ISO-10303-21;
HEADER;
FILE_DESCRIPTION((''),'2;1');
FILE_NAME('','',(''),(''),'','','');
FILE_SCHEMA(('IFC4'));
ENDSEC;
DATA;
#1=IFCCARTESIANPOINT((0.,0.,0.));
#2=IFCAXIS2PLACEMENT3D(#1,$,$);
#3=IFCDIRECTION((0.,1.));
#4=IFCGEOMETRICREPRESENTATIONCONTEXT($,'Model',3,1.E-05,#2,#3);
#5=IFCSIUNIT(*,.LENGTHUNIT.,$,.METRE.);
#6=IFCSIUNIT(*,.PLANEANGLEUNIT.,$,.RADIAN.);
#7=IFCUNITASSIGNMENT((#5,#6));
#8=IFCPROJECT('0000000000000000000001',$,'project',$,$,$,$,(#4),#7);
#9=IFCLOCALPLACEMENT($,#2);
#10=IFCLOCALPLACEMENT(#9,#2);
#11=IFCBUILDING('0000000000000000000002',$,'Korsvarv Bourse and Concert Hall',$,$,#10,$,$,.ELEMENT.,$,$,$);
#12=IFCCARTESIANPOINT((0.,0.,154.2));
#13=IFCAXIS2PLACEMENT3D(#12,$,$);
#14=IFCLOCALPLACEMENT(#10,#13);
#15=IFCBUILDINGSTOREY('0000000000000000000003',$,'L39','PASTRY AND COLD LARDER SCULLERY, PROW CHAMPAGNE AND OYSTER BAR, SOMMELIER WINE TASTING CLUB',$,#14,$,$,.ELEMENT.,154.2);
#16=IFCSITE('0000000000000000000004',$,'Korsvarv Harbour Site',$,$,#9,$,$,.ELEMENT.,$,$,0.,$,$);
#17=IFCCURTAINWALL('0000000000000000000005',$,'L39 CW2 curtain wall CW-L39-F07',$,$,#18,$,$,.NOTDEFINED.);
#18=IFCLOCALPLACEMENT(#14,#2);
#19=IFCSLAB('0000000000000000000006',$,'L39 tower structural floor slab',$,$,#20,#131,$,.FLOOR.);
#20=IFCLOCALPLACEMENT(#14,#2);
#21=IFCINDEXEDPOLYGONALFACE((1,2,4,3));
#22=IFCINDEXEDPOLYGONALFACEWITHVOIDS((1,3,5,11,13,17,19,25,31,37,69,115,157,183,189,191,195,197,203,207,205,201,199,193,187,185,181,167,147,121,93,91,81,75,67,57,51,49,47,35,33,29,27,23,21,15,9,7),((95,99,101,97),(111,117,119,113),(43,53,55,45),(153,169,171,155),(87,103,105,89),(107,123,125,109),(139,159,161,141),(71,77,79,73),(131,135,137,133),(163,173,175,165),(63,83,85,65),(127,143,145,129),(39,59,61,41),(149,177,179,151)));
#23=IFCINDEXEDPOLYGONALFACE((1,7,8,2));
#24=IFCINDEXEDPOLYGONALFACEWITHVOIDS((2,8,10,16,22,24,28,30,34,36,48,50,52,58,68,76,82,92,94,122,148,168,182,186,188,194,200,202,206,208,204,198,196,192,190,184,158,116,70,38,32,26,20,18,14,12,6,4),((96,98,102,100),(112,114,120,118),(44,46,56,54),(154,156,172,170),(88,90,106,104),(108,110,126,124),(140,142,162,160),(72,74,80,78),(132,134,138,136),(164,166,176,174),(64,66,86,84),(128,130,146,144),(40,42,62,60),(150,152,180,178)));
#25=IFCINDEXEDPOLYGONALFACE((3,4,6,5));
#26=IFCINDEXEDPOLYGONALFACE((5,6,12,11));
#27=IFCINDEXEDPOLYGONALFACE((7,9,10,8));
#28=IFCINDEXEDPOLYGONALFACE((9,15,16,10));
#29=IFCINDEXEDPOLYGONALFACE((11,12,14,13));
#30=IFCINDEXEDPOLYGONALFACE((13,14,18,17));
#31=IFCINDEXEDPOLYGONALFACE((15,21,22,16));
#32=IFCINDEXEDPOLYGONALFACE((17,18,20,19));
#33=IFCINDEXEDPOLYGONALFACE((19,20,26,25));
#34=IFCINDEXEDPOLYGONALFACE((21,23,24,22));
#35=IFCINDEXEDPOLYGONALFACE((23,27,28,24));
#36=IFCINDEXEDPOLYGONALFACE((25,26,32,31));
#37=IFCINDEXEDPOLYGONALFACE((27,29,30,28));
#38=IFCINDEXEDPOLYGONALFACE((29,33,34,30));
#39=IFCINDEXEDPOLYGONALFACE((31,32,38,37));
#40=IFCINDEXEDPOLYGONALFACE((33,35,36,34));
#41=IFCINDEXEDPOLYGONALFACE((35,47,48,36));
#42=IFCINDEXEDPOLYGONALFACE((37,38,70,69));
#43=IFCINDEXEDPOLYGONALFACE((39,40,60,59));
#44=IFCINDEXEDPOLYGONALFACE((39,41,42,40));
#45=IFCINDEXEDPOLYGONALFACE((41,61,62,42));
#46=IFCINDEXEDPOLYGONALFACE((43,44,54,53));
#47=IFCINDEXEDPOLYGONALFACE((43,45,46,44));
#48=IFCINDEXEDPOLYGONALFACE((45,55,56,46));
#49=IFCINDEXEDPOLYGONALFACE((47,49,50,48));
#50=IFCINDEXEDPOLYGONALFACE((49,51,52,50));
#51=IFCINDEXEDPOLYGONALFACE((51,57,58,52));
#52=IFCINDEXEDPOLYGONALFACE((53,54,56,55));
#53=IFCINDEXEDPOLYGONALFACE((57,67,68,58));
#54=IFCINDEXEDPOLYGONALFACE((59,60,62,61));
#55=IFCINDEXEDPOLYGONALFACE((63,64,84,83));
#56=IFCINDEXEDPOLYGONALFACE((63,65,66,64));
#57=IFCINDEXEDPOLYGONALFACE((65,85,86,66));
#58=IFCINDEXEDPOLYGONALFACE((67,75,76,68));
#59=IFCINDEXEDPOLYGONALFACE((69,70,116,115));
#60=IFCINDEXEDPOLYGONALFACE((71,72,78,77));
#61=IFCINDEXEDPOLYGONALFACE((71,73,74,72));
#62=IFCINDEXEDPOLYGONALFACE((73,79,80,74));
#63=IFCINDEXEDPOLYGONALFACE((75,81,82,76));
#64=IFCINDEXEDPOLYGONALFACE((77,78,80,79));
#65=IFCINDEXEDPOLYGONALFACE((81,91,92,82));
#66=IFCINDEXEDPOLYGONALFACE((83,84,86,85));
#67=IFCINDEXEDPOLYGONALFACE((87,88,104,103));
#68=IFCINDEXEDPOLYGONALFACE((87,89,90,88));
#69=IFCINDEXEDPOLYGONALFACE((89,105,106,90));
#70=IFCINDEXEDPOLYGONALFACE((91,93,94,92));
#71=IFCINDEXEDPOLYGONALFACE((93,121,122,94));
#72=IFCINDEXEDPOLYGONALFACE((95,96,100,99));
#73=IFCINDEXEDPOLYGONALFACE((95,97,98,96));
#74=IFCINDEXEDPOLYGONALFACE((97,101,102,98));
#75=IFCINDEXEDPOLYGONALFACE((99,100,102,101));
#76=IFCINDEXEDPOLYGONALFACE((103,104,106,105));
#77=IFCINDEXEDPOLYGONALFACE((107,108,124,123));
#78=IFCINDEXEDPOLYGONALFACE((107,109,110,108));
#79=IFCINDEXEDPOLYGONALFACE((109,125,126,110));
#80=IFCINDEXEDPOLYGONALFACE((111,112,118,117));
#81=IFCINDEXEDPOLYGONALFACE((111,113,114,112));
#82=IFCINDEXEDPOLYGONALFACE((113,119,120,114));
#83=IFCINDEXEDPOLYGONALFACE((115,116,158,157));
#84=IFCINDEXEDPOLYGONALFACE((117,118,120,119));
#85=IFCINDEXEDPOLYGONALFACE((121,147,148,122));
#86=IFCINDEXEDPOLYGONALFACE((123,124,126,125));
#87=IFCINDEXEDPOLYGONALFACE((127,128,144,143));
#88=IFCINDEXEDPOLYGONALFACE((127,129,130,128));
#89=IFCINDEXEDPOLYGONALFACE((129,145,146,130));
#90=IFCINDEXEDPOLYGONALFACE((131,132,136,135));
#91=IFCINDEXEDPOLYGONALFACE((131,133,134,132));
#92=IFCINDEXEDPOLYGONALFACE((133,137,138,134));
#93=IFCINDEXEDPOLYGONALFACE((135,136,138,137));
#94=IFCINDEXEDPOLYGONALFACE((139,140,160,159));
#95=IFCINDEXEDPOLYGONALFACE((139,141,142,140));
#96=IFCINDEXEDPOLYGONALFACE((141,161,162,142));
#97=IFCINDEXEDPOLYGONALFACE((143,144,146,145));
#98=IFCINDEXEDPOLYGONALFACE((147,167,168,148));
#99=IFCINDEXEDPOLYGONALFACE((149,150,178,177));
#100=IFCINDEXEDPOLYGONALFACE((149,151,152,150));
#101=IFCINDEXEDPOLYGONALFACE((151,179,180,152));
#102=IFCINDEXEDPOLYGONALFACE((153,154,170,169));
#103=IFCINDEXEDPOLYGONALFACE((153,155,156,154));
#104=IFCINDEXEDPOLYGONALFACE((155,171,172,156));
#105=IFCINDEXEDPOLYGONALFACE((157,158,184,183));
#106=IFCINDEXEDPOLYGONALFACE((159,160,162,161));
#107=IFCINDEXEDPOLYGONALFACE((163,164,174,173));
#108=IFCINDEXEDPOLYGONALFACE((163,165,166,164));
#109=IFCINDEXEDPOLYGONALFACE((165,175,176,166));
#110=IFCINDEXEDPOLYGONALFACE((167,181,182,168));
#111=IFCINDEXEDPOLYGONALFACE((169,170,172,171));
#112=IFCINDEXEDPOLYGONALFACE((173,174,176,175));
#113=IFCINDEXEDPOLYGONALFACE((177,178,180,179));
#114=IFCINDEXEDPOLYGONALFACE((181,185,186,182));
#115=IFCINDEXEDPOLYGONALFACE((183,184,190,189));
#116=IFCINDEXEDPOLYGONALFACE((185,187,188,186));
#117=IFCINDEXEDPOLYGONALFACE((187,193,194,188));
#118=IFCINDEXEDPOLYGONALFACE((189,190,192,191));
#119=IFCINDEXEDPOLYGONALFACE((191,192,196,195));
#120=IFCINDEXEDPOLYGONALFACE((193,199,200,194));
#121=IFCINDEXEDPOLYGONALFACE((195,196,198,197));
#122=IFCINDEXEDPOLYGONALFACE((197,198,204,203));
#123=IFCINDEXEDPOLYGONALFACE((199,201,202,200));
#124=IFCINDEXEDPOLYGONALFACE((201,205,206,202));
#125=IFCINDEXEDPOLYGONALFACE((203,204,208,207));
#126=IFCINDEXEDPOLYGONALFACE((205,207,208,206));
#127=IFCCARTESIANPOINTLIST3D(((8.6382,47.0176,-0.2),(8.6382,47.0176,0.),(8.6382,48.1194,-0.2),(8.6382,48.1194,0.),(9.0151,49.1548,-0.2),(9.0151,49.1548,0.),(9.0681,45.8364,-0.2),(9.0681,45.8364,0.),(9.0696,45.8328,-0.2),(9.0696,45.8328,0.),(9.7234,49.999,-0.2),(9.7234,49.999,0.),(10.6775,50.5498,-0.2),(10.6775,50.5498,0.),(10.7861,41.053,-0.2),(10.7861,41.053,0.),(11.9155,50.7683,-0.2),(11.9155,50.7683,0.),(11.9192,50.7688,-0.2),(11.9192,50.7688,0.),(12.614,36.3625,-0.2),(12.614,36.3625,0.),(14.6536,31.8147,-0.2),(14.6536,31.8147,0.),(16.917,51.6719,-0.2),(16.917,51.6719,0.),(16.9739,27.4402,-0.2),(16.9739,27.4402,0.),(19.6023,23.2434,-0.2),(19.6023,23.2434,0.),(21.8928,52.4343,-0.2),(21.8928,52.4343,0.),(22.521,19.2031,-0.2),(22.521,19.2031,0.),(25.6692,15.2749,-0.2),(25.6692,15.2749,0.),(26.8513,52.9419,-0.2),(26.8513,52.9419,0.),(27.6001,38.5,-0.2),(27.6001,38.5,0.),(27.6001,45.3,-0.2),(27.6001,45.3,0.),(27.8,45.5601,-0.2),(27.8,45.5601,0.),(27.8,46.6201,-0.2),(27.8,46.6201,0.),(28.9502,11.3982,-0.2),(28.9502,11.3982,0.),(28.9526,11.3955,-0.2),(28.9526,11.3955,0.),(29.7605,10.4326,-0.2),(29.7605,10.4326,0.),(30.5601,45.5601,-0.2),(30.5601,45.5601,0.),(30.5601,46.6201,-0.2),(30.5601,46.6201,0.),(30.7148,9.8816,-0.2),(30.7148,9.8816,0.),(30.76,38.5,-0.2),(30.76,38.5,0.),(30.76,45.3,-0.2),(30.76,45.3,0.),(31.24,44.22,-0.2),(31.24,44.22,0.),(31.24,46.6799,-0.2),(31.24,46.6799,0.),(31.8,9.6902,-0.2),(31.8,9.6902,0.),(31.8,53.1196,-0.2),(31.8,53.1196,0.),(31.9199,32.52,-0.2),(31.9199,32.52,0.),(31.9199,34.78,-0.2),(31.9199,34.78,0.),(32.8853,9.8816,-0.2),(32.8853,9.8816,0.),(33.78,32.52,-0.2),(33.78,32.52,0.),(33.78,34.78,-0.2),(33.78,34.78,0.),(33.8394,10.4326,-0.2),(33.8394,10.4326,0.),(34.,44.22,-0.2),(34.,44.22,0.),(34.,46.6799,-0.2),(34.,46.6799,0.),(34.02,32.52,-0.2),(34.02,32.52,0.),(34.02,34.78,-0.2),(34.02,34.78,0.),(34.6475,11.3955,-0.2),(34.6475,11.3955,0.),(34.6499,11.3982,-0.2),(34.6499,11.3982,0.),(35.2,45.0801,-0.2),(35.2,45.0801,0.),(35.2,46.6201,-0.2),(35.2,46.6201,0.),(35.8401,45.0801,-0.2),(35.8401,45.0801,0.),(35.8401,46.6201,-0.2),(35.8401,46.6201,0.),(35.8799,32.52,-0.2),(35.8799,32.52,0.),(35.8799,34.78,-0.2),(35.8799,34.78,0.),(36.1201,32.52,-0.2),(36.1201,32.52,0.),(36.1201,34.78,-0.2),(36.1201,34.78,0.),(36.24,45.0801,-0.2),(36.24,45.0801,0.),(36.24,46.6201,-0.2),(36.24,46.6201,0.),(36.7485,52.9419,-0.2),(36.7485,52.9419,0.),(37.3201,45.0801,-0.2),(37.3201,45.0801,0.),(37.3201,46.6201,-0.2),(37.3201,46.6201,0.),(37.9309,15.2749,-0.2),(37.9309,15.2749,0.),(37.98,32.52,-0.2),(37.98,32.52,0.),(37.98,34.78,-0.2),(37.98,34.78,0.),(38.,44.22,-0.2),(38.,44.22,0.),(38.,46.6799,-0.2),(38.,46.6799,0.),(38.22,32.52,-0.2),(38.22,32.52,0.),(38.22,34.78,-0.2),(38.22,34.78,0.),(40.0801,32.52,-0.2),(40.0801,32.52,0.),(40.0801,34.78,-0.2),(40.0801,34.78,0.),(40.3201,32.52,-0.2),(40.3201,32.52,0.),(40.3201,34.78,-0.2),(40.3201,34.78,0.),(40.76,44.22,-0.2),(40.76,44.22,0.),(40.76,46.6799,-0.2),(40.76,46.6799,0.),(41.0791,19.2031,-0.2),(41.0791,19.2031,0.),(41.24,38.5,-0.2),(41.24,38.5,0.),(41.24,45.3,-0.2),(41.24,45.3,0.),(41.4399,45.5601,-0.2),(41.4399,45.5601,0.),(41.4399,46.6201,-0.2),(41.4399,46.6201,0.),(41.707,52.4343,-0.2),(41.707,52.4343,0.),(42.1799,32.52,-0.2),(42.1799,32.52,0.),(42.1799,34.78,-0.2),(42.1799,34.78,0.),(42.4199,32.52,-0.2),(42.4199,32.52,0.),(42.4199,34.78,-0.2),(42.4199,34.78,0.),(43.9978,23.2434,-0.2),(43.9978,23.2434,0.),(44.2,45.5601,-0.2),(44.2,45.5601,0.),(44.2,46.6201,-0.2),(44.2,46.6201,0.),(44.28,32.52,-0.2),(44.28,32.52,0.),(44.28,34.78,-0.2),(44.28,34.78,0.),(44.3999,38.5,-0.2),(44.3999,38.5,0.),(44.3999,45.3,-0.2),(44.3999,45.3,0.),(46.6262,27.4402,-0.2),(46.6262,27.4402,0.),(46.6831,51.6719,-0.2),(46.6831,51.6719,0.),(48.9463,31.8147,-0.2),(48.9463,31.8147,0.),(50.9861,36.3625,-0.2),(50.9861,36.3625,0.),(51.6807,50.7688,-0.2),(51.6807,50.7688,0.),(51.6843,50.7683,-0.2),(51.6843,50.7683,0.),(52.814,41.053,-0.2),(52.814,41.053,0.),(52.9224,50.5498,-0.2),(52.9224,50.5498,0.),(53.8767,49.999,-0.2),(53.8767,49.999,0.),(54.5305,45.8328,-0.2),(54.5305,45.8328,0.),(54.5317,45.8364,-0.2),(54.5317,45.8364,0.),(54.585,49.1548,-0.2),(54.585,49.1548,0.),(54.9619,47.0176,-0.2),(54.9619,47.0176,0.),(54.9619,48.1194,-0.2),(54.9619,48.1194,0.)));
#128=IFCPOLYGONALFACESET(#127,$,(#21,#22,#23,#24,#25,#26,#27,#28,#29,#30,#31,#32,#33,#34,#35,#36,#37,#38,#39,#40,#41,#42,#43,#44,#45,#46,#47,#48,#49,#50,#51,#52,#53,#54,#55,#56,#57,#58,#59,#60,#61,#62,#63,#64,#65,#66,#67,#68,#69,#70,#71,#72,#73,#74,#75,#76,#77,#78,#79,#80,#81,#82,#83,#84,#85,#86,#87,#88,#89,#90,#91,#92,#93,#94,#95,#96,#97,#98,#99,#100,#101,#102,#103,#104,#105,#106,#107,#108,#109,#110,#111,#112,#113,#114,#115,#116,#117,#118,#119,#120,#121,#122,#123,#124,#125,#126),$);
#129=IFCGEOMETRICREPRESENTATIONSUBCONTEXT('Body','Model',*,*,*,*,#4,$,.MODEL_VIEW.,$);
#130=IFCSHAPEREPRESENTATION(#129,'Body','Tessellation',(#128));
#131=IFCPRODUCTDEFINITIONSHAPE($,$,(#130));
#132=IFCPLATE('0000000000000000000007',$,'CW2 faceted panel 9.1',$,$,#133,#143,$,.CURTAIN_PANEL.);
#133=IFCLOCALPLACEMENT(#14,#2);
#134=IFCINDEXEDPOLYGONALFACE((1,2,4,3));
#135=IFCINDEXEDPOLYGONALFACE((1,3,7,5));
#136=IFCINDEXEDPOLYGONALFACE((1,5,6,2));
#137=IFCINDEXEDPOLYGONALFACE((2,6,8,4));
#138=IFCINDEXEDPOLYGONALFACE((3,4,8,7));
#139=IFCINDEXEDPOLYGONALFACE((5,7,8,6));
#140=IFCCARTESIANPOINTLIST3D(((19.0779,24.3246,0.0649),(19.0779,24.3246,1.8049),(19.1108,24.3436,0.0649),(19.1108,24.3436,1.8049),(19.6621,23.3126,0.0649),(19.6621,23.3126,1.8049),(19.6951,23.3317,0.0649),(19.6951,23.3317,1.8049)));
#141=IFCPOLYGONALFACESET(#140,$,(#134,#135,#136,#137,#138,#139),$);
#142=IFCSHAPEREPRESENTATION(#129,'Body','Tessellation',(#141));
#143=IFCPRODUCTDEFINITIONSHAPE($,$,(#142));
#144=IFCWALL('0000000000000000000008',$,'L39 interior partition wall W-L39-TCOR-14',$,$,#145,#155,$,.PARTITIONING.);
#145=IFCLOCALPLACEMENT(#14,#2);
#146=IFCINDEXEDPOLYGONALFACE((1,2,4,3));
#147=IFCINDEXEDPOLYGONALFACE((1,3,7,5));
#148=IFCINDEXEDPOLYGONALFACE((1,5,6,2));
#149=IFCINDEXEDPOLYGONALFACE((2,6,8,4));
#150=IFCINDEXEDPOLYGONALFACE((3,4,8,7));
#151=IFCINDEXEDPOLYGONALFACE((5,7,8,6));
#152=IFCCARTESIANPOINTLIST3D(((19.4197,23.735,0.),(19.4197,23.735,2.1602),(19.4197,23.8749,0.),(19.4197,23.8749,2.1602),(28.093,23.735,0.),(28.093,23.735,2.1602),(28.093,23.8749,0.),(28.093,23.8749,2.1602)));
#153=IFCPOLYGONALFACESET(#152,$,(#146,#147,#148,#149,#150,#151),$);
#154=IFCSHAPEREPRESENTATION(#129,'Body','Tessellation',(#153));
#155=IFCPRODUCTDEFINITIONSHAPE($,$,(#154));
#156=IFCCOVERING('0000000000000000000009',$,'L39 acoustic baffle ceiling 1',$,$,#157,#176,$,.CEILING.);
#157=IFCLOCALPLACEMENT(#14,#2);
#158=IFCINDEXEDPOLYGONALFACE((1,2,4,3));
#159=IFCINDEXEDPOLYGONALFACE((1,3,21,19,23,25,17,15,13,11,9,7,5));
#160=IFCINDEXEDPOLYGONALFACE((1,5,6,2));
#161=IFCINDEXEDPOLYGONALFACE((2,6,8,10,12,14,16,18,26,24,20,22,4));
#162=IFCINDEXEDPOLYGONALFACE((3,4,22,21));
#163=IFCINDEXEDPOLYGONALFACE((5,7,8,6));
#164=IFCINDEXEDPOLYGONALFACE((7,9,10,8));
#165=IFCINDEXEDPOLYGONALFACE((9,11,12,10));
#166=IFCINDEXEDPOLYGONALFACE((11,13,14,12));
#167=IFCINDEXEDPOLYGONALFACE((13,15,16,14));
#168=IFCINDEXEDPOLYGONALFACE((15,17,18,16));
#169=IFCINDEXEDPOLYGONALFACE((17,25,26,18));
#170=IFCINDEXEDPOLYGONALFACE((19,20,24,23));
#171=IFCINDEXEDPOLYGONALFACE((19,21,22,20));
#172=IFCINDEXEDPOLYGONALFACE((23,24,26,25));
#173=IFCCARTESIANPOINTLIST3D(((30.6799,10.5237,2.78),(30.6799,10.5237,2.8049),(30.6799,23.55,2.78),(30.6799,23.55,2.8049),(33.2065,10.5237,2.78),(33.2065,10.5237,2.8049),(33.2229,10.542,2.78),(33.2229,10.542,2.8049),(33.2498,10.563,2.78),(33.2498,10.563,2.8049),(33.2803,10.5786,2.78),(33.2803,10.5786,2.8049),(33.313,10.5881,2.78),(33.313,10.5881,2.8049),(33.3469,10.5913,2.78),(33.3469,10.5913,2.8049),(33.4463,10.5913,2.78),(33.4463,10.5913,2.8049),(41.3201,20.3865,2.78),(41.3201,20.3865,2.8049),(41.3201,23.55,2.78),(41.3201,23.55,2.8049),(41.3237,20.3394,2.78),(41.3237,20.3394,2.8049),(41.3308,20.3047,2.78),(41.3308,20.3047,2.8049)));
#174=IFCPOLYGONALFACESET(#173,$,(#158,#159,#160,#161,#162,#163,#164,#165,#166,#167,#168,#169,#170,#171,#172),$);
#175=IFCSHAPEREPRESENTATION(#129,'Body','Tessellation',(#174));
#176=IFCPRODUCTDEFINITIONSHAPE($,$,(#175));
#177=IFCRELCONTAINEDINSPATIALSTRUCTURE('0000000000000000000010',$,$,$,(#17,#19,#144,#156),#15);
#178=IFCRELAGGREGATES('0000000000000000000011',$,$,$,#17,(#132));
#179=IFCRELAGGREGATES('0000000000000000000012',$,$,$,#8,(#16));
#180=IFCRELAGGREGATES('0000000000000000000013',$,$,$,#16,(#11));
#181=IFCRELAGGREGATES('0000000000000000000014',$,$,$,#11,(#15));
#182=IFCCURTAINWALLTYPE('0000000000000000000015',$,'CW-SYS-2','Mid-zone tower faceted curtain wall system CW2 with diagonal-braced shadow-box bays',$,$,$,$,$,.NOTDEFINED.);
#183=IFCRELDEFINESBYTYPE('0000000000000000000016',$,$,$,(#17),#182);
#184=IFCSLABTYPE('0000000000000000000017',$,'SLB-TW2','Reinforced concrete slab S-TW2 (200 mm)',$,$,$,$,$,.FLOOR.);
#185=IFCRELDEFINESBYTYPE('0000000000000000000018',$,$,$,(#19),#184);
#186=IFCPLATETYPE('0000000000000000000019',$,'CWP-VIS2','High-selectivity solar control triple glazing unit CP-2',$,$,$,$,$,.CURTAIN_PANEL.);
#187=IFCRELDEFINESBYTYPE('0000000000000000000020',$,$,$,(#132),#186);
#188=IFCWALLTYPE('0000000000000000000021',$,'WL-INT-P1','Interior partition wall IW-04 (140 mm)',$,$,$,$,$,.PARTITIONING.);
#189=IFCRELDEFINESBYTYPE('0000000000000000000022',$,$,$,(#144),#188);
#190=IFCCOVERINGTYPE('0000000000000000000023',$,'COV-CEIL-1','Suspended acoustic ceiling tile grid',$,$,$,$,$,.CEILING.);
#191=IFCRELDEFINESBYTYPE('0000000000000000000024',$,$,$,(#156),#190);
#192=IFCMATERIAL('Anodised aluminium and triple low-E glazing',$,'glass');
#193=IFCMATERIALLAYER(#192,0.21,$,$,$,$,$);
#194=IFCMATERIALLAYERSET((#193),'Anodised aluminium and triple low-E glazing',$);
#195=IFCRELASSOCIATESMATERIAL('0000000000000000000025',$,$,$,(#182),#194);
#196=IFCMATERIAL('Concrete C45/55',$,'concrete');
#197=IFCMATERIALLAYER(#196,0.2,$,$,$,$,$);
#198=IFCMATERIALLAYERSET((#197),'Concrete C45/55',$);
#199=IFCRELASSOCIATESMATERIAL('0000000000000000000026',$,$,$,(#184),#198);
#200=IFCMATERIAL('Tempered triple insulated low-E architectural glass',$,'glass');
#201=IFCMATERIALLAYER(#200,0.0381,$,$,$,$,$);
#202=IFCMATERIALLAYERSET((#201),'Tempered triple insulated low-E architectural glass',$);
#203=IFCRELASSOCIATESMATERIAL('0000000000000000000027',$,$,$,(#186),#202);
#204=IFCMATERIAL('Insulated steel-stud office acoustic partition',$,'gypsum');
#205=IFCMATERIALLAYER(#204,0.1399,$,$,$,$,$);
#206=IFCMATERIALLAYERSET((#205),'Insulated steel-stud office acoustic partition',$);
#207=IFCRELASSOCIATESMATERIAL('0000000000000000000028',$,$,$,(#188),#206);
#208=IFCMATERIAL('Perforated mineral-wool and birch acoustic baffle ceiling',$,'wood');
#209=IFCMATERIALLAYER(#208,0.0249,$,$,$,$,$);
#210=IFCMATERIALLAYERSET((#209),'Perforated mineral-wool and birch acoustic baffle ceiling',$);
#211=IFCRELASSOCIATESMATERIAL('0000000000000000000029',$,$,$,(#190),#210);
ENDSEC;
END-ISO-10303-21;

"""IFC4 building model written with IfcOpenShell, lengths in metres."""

from ifc_helpers import new_model, si_unit, direction, frame, frame_2d, origin, origin_2d, place, context, subcontext, project, spatial, polyline, rectangle, outline, extrude, source, transform, mapped, material, layer, layer_set, type_object, element, aggregate, save


model = new_model("IFC4")

# Units and contexts
model_context = context("Model", 3, precision=1e-05, world=origin(), true_north=direction((0.0, 1.0)))
body_context = subcontext(model_context, "Body", "Model", "MODEL_VIEW")
ifc_project = project(units=[si_unit("LENGTHUNIT", "METRE"), si_unit("PLANEANGLEUNIT", "RADIAN")], contexts=[model_context])

# Site, building, storey
site_placement = place(None, origin())
site = spatial("IfcSite", under=ifc_project, at=site_placement, Name="Korsvarv Harbour Site", CompositionType="ELEMENT", RefElevation=0.0)
building_placement = place(site_placement, origin())
building = spatial("IfcBuilding", under=site, at=building_placement, Name="Korsvarv Bourse and Concert Hall", CompositionType="ELEMENT")
storey_placement = place(building_placement, frame((0.0, 0.0, 154.2)))
storey = spatial("IfcBuildingStorey", under=building, at=storey_placement, Name="L39", Description="PASTRY AND COLD LARDER SCULLERY, PROW CHAMPAGNE AND OYSTER BAR, SOMMELIER WINE TASTING CLUB", CompositionType="ELEMENT", Elevation=154.2)

# Curtain wall
ifc_material_1 = material(Name="Anodised aluminium and triple low-E glazing", Category="glass")
ifc_layer_1 = layer(ifc_material_1, 0.21)
ifc_layer_set_1 = layer_set([ifc_layer_1], Name="Anodised aluminium and triple low-E glazing")
curtain_wall_type = type_object("IfcCurtainWallType", Name="CW-SYS-2", Description="Mid-zone tower faceted curtain wall system CW2 with diagonal-braced shadow-box bays", PredefinedType="NOTDEFINED", material=ifc_layer_set_1)
curtain_wall_placement = place(storey_placement, origin())
curtain_wall = element("IfcCurtainWall", 1, at=curtain_wall_placement, inside=storey, type_object=curtain_wall_type, Name="L39 CW2 curtain wall CW-L39-F07", PredefinedType="NOTDEFINED")

# Slab
ifc_material_2 = material(Name="Concrete C45/55", Category="concrete")
ifc_layer_2 = layer(ifc_material_2, 0.2)
ifc_layer_set_2 = layer_set([ifc_layer_2], Name="Concrete C45/55")
slab_type_1 = type_object("IfcSlabType", Name="SLB-TW2", Description="Reinforced concrete slab S-TW2 (200 mm)", PredefinedType="FLOOR", material=ifc_layer_set_2)
slab_1_placement = place(storey_placement, frame((0.0, 0.0, -0.2)))
element("IfcSlab", 2, at=slab_1_placement, inside=storey, type_object=slab_type_1, Name="L39 tower structural floor slab", PredefinedType="FLOOR", context=body_context, shape_type="SweptSolid", body=[
    extrude(outline(polyline([(54.5305, 45.8328), (52.814, 41.053), (50.9861, 36.3625), (48.9463, 31.8147), (46.6262, 27.4402), (43.9978, 23.2434), (41.0791, 19.2031), (37.9309, 15.2749), (34.6499, 11.3982), (34.6475, 11.3955), (33.8394, 10.4326), (32.8853, 9.8816), (31.8, 9.6902), (30.7148, 9.8816), (29.7605, 10.4326), (28.9526, 11.3955), (28.9502, 11.3982), (25.6692, 15.2749), (22.521, 19.2031), (19.6023, 23.2434), (16.9739, 27.4402), (14.6536, 31.8147), (12.614, 36.3625), (10.7861, 41.053), (9.0696, 45.8328), (9.0681, 45.8364), (8.6382, 47.0176), (8.6382, 48.1194), (9.0151, 49.1548), (9.7234, 49.999), (10.6775, 50.5498), (11.9155, 50.7683), (11.9192, 50.7688), (16.917, 51.6719), (21.8928, 52.4343), (26.8513, 52.9419), (31.8, 53.1196), (36.7485, 52.9419), (41.707, 52.4343), (46.6831, 51.6719), (51.6807, 50.7688), (51.6843, 50.7683), (52.9224, 50.5498), (53.8767, 49.999), (54.585, 49.1548), (54.9619, 48.1194), (54.9619, 47.0176), (54.5317, 45.8364), (54.5305, 45.8328)]), holes=[polyline([(30.76, 38.5), (30.76, 45.3), (27.6001, 45.3), (27.6001, 38.5), (30.76, 38.5)]), polyline([(44.3999, 38.5), (44.3999, 45.3), (41.24, 45.3), (41.24, 38.5), (44.3999, 38.5)]), polyline([(31.24, 44.22), (34.0, 44.22), (34.0, 46.6799), (31.24, 46.6799), (31.24, 44.22)]), polyline([(38.0, 44.22), (40.76, 44.22), (40.76, 46.6799), (38.0, 46.6799), (38.0, 44.22)]), polyline([(31.9199, 32.52), (33.78, 32.52), (33.78, 34.78), (31.9199, 34.78), (31.9199, 32.52)]), polyline([(34.02, 32.52), (35.8799, 32.52), (35.8799, 34.78), (34.02, 34.78), (34.02, 32.52)]), polyline([(36.1201, 32.52), (37.98, 32.52), (37.98, 34.78), (36.1201, 34.78), (36.1201, 32.52)]), polyline([(38.22, 32.52), (40.0801, 32.52), (40.0801, 34.78), (38.22, 34.78), (38.22, 32.52)]), polyline([(40.3201, 32.52), (42.1799, 32.52), (42.1799, 34.78), (40.3201, 34.78), (40.3201, 32.52)]), polyline([(42.4199, 32.52), (44.28, 32.52), (44.28, 34.78), (42.4199, 34.78), (42.4199, 32.52)]), polyline([(27.8, 45.5601), (30.5601, 45.5601), (30.5601, 46.6201), (27.8, 46.6201), (27.8, 45.5601)]), polyline([(41.4399, 45.5601), (44.2, 45.5601), (44.2, 46.6201), (41.4399, 46.6201), (41.4399, 45.5601)]), polyline([(35.2, 45.0801), (35.8401, 45.0801), (35.8401, 46.6201), (35.2, 46.6201), (35.2, 45.0801)]), polyline([(36.24, 45.0801), (37.3201, 45.0801), (37.3201, 46.6201), (36.24, 46.6201), (36.24, 45.0801)])]), origin(), (0.0, 0.0, 1.0), 0.2),
])

# Plate
ifc_material_3 = material(Name="Tempered triple insulated low-E architectural glass", Category="glass")
ifc_layer_3 = layer(ifc_material_3, 0.0381)
ifc_layer_set_3 = layer_set([ifc_layer_3], Name="Tempered triple insulated low-E architectural glass")
plate_type = type_object("IfcPlateType", Name="CWP-VIS2", Description="High-selectivity solar control triple glazing unit CP-2", PredefinedType="CURTAIN_PANEL", material=ifc_layer_set_3)
shared_shape_1 = source(origin(), body_context, "Body", "SweptSolid", [
    extrude(rectangle(XDim=1.1685, YDim=0.0381, at=origin_2d()), origin(), (0.0, 0.0, 1.0), 1.74),
])
plate_placement = place(storey_placement, frame((19.3865, 23.8281, 0.0649), z_axis=(0.0, 0.0, 1.0), x_axis=(0.500006, -0.866022, 0.0)))
plate = element("IfcPlate", 3, at=plate_placement, type_object=plate_type, Name="CW2 faceted panel 9.1", PredefinedType="CURTAIN_PANEL", context=body_context, shape_type="MappedRepresentation", body=[
    mapped(shared_shape_1, transform((0.0, 0.0, 0.0), scale=1.0)),
])
aggregate(curtain_wall, [plate])

# Wall
ifc_material_4 = material(Name="Insulated steel-stud office acoustic partition", Category="gypsum")
ifc_layer_4 = layer(ifc_material_4, 0.1399)
ifc_layer_set_4 = layer_set([ifc_layer_4], Name="Insulated steel-stud office acoustic partition")
wall_type = type_object("IfcWallType", Name="WL-INT-P1", Description="Interior partition wall IW-04 (140 mm)", PredefinedType="PARTITIONING", material=ifc_layer_set_4)
wall_placement = place(storey_placement, frame((19.4197, 23.8049, 0.0), z_axis=(0.0, 0.0, 1.0), x_axis=(1.0, 0.0, 0.0)))
element("IfcWall", 4, at=wall_placement, inside=storey, type_object=wall_type, Name="L39 interior partition wall W-L39-TCOR-14", PredefinedType="PARTITIONING", context=body_context, shape_type="SweptSolid", body=[
    extrude(rectangle(XDim=8.6733, YDim=0.1399, at=frame_2d((4.3367, 0.0))), origin(), (0.0, 0.0, 1.0), 2.1602),
])

# Covering
ifc_material_5 = material(Name="Perforated mineral-wool and birch acoustic baffle ceiling", Category="wood")
ifc_layer_5 = layer(ifc_material_5, 0.0249)
ifc_layer_set_5 = layer_set([ifc_layer_5], Name="Perforated mineral-wool and birch acoustic baffle ceiling")
covering_type_1 = type_object("IfcCoveringType", Name="COV-CEIL-1", Description="Suspended acoustic ceiling tile grid", PredefinedType="CEILING", material=ifc_layer_set_5)
covering_1_placement = place(storey_placement, frame((0.0, 0.0, 2.78)))
element("IfcCovering", 5, at=covering_1_placement, inside=storey, type_object=covering_type_1, Name="L39 acoustic baffle ceiling 1", PredefinedType="CEILING", context=body_context, shape_type="SweptSolid", body=[
    extrude(outline(polyline([(30.6799, 10.5237), (30.6799, 23.55), (41.3201, 23.55), (41.3201, 20.3865), (41.3237, 20.3394), (41.3308, 20.3047), (33.4463, 10.5913), (33.3469, 10.5913), (33.313, 10.5881), (33.2803, 10.5786), (33.2498, 10.563), (33.2229, 10.542), (33.2065, 10.5237), (30.6799, 10.5237)])), origin(), (0.0, 0.0, 1.0), 0.0249),
])

save(model, "model.ifc")
